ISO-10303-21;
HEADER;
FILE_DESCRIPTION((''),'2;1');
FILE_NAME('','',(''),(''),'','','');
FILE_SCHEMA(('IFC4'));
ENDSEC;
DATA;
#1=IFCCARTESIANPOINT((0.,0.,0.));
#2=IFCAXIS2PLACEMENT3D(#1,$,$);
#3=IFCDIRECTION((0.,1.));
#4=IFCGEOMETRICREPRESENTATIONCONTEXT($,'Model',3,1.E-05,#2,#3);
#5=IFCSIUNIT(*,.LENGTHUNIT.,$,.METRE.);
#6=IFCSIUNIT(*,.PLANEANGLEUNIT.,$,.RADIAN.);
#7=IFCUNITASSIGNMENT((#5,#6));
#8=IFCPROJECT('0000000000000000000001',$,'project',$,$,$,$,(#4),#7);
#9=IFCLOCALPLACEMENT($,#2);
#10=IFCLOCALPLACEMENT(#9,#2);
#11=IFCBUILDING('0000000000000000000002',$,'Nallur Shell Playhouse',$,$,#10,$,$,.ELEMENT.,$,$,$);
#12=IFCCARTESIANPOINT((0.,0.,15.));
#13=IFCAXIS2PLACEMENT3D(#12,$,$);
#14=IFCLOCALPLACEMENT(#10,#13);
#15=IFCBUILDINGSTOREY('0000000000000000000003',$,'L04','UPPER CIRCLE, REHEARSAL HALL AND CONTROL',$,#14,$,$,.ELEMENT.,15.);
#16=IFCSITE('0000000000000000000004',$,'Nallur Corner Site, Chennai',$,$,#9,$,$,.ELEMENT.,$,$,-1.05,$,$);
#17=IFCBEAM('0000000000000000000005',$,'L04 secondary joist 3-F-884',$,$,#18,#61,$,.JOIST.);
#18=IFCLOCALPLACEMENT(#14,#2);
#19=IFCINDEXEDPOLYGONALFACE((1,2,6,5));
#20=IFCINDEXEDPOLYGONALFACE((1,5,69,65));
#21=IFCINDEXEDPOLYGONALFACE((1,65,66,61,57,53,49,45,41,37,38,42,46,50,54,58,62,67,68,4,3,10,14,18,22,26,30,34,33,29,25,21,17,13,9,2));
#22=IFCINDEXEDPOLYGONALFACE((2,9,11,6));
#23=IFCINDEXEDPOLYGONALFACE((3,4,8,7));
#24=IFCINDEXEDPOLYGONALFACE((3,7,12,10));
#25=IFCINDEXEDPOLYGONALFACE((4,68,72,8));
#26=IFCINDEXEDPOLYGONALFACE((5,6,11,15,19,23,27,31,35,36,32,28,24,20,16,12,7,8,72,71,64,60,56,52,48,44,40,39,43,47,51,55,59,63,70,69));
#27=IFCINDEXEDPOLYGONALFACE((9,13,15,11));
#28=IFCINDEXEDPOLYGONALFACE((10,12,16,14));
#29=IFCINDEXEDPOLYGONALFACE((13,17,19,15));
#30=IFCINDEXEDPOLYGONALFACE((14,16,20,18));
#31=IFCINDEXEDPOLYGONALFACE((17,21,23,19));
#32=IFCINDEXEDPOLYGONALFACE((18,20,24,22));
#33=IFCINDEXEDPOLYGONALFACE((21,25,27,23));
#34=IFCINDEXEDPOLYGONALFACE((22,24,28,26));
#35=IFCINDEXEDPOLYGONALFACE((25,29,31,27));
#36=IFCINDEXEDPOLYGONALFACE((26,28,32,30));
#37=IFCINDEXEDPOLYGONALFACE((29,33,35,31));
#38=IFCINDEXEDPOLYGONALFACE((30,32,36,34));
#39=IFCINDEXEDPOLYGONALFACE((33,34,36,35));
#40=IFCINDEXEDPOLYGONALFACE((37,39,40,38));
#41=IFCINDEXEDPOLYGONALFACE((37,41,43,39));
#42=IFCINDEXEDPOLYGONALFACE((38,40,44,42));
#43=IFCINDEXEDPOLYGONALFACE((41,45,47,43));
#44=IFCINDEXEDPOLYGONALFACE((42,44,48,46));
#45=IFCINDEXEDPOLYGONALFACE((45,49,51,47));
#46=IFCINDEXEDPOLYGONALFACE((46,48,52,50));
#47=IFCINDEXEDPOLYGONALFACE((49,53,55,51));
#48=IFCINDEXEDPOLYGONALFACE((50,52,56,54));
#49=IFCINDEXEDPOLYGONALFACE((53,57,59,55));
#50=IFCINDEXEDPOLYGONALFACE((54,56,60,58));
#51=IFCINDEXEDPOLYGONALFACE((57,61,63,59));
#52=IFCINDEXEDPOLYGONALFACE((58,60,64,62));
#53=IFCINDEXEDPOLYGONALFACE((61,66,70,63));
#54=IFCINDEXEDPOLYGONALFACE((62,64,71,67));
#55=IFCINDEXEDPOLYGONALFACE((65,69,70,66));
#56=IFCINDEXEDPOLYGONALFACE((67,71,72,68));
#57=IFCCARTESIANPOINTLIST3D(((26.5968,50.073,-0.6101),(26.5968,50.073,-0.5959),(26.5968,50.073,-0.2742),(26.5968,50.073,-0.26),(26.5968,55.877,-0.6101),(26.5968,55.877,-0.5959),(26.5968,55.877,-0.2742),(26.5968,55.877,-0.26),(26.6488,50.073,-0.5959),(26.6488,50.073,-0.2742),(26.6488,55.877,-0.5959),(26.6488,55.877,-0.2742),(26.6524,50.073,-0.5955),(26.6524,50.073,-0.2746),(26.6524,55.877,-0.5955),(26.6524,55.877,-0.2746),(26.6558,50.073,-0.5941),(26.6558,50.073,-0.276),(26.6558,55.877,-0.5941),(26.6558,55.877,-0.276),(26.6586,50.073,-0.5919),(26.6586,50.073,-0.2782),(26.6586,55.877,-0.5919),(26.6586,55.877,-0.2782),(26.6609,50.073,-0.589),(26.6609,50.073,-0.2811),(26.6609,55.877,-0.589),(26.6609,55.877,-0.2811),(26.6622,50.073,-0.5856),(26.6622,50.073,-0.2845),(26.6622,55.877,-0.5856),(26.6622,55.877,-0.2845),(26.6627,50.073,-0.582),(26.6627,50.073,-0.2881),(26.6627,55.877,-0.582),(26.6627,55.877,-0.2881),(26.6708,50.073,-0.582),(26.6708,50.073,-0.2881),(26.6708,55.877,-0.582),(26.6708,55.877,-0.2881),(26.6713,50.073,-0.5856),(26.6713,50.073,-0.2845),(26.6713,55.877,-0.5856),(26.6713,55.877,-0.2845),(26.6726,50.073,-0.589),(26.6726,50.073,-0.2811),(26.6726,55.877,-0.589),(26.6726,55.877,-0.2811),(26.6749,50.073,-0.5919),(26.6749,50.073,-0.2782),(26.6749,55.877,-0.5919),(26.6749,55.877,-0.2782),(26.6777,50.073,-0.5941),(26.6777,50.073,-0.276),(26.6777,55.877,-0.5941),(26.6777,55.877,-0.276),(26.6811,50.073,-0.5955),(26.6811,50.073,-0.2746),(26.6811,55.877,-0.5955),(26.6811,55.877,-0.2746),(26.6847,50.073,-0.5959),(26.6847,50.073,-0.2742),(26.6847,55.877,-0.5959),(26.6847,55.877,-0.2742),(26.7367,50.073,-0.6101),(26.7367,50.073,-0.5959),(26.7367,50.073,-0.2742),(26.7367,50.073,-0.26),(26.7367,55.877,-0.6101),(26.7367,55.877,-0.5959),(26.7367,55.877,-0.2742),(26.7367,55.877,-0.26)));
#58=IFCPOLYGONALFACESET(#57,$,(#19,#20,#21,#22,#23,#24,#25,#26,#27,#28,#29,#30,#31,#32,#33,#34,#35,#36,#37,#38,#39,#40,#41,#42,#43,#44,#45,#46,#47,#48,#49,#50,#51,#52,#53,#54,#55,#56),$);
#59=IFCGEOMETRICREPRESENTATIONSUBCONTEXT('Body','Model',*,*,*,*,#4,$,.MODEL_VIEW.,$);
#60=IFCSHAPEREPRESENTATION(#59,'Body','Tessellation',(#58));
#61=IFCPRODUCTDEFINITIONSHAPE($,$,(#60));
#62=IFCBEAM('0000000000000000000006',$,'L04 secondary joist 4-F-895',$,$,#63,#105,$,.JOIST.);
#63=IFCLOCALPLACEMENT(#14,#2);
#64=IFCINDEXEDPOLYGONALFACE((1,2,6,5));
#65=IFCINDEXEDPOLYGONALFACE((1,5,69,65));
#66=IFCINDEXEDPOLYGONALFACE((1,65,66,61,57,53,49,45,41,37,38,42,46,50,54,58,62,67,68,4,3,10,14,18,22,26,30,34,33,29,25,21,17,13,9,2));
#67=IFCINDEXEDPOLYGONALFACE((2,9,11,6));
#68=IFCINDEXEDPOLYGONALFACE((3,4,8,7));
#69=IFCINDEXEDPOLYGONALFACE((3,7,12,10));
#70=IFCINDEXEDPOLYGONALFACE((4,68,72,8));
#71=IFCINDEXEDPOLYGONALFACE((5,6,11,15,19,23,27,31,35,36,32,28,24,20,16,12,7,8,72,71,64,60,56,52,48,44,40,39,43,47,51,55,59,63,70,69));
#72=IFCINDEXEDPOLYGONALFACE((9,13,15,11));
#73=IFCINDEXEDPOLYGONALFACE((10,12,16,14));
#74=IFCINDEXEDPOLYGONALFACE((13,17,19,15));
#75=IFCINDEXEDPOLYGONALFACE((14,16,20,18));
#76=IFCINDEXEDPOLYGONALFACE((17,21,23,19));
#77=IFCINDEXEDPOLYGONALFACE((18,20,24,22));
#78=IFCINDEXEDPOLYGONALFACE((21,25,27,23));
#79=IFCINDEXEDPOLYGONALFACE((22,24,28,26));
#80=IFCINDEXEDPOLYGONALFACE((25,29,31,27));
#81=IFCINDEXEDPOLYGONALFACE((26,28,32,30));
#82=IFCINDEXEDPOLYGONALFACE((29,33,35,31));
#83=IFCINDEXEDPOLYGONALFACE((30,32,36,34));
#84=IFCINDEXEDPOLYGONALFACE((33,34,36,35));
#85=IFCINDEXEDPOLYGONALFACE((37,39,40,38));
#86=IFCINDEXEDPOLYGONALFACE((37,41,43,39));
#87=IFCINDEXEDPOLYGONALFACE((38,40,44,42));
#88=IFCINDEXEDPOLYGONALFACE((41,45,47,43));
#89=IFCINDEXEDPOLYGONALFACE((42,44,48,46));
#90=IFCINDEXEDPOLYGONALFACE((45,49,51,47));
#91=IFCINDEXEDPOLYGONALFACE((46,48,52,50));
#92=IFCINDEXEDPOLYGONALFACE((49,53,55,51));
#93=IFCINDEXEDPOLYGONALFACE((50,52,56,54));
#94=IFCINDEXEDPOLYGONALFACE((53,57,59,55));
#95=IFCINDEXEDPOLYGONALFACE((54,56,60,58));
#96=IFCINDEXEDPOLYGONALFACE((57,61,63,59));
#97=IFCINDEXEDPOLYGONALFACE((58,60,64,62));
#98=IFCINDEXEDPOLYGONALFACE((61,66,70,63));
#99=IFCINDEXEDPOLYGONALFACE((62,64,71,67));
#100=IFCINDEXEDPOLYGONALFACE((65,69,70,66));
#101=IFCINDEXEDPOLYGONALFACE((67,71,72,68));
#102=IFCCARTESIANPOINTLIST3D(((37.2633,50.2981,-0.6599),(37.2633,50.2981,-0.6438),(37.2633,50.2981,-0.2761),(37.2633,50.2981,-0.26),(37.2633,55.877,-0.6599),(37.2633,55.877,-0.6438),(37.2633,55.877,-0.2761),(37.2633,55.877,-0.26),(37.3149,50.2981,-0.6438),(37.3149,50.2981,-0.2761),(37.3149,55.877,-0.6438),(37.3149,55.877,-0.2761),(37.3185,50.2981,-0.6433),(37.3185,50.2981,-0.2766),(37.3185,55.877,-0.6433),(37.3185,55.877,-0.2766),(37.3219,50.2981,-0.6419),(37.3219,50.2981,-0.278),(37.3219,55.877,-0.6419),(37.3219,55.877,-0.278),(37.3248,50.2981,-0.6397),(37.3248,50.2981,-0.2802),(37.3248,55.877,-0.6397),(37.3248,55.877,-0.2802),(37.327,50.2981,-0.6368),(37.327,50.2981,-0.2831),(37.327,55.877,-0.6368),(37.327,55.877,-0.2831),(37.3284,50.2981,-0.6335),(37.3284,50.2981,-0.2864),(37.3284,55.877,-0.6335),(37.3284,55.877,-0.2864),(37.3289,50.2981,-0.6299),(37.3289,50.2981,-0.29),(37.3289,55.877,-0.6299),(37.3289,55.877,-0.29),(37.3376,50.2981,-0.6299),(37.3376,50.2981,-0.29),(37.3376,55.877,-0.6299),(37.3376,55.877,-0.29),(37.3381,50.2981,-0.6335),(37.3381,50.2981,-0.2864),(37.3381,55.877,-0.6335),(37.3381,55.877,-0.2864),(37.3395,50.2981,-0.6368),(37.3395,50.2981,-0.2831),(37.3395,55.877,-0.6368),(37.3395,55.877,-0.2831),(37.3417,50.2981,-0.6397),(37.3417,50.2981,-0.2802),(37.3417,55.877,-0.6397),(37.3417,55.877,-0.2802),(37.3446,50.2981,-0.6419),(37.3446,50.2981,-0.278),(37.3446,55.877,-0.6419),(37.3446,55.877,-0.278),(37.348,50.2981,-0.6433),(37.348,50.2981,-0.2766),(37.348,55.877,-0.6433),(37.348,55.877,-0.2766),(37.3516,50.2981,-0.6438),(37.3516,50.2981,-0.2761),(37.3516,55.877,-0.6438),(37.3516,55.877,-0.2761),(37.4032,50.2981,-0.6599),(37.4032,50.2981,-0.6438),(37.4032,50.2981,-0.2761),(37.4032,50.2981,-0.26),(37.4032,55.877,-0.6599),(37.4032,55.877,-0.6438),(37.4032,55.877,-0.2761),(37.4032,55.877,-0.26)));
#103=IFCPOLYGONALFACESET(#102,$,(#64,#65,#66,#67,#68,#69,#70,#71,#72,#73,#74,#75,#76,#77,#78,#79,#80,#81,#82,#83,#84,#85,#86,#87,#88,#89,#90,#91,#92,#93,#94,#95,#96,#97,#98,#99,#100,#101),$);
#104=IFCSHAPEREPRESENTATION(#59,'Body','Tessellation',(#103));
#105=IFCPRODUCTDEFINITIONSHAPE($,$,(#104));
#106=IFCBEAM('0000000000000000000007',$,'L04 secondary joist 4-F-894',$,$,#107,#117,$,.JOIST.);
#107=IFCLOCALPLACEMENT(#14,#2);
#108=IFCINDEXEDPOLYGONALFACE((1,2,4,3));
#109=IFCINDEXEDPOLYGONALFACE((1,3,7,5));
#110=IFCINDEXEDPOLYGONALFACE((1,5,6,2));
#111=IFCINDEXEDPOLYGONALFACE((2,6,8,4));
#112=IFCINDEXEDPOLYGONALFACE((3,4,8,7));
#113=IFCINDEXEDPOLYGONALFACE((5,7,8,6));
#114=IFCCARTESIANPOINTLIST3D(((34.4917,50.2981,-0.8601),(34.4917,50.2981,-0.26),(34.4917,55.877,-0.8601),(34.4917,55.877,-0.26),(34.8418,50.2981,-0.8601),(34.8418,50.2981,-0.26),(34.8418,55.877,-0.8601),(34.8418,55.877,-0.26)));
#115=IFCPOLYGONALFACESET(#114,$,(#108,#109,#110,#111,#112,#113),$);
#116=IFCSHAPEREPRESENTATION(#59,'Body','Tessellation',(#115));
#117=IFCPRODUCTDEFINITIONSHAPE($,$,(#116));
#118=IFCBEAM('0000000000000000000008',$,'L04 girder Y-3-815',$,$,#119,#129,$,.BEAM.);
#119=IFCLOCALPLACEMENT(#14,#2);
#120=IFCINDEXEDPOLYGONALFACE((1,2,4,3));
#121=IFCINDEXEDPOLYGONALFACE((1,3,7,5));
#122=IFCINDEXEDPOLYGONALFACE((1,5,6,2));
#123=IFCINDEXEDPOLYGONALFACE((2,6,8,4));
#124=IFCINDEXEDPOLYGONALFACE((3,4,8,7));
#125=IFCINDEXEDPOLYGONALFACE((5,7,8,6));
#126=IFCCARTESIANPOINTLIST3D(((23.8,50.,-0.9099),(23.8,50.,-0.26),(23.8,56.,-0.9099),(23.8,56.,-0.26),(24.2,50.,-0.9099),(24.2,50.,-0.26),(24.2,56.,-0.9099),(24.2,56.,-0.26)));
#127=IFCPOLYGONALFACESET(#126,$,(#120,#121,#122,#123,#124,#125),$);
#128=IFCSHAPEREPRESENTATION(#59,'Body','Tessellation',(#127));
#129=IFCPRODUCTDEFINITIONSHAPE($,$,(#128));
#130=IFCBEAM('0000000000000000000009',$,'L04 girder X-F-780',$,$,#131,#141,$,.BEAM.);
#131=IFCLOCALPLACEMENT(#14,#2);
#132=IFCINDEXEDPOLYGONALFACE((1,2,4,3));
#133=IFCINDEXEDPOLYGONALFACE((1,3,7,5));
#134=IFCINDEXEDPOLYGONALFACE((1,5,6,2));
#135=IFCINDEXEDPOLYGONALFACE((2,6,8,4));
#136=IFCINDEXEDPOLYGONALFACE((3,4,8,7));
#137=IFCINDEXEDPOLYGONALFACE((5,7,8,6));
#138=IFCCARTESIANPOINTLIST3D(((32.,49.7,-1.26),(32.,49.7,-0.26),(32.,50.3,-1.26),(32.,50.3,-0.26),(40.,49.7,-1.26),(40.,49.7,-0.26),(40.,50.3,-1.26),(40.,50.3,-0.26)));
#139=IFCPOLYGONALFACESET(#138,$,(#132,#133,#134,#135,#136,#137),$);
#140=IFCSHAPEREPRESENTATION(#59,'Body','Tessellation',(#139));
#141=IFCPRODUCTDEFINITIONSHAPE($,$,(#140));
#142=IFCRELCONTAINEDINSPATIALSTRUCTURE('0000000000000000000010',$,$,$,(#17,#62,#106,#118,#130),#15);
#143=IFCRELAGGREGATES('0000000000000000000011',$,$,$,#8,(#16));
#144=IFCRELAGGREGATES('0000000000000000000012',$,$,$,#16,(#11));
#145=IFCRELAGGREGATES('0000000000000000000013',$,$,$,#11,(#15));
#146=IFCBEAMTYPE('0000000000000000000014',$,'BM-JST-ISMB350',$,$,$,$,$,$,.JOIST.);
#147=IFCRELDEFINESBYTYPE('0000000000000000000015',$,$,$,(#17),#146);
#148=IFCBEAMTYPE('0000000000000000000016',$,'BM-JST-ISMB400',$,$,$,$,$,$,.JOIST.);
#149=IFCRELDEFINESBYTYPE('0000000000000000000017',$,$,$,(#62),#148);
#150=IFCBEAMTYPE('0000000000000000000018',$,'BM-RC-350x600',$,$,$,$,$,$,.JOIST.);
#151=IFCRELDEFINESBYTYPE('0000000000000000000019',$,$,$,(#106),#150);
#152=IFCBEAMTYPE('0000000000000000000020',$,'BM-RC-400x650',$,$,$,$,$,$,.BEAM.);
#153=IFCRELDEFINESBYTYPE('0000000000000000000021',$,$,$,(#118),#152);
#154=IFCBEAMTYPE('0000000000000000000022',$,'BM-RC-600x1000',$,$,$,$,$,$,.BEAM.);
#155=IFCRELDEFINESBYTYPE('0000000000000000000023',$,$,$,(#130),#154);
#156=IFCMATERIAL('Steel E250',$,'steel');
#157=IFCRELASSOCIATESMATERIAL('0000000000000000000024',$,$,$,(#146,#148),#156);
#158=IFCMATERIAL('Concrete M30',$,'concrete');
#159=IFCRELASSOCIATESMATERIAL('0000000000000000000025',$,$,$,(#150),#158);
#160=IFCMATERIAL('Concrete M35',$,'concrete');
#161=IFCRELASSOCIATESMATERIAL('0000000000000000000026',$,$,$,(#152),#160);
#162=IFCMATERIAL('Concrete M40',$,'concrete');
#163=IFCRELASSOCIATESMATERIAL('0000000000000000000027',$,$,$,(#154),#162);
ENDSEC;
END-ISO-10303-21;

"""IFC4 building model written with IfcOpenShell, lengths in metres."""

from ifc_helpers import new_model, si_unit, direction, frame, origin, origin_2d, place, context, subcontext, project, spatial, rectangle, i_section, extrude, material, material_profile, profile_set, type_object, element, save


model = new_model("IFC4")

# Units and contexts
model_context = context("Model", 3, precision=1e-05, world=origin(), true_north=direction((0.0, 1.0)))
body_context = subcontext(model_context, "Body", "Model", "MODEL_VIEW")
ifc_project = project(units=[si_unit("LENGTHUNIT", "METRE"), si_unit("PLANEANGLEUNIT", "RADIAN")], contexts=[model_context])

# Site, building, storey
site_placement = place(None, origin())
site = spatial("IfcSite", under=ifc_project, at=site_placement, Name="Nallur Corner Site, Chennai", CompositionType="ELEMENT", RefElevation=-1.05)
building_placement = place(site_placement, origin())
building = spatial("IfcBuilding", under=site, at=building_placement, Name="Nallur Shell Playhouse", CompositionType="ELEMENT")
storey_placement = place(building_placement, frame((0.0, 0.0, 15.0)))
storey = spatial("IfcBuildingStorey", under=building, at=storey_placement, Name="L04", Description="UPPER CIRCLE, REHEARSAL HALL AND CONTROL", CompositionType="ELEMENT", Elevation=15.0)

# Shared definitions
ifc_material_1 = material(Name="Concrete M40", Category="concrete")

# Beams
ifc_material_2 = material(Name="Steel E250", Category="steel")
ifc_material_profile_1 = material_profile(ifc_material_2, i_section(OverallWidth=0.1399, OverallDepth=0.3501, WebThickness=0.0081, FlangeThickness=0.0142, FilletRadius=0.0139, at=origin_2d()), Name="ISMB 350")
ifc_profile_set_1 = profile_set([ifc_material_profile_1], Name="Steel E250")
beam_type_1 = type_object("IfcBeamType", Name="BM-JST-ISMB350", PredefinedType="JOIST", material=ifc_profile_set_1)
beam_1_placement = place(storey_placement, frame((26.6667, 50.073, -0.4351), z_axis=(0.0, 1.0, 0.0), x_axis=(-1.0, 0.0, 0.0)))
element("IfcBeam", 1, at=beam_1_placement, inside=storey, type_object=beam_type_1, Name="L04 secondary joist 3-F-884", PredefinedType="JOIST", context=body_context, shape_type="SweptSolid", body=[
    extrude(i_section(OverallWidth=0.1399, OverallDepth=0.3501, WebThickness=0.0081, FlangeThickness=0.0142, FilletRadius=0.0139, at=origin_2d()), origin(), (0.0, 0.0, 1.0), 5.804),
])
ifc_material_profile_2 = material_profile(ifc_material_2, i_section(OverallWidth=0.1399, OverallDepth=0.3999, WebThickness=0.0088, FlangeThickness=0.0161, FilletRadius=0.0139, at=origin_2d()), Name="ISMB 400")
ifc_profile_set_2 = profile_set([ifc_material_profile_2], Name="Steel E250")
beam_type_2 = type_object("IfcBeamType", Name="BM-JST-ISMB400", PredefinedType="JOIST", material=ifc_profile_set_2)
beam_2_placement = place(storey_placement, frame((37.3333, 50.2981, -0.46), z_axis=(0.0, 1.0, 0.0), x_axis=(-1.0, 0.0, 0.0)))
element("IfcBeam", 2, at=beam_2_placement, inside=storey, type_object=beam_type_2, Name="L04 secondary joist 4-F-895", PredefinedType="JOIST", context=body_context, shape_type="SweptSolid", body=[
    extrude(i_section(OverallWidth=0.1399, OverallDepth=0.3999, WebThickness=0.0088, FlangeThickness=0.0161, FilletRadius=0.0139, at=origin_2d()), origin(), (0.0, 0.0, 1.0), 5.5789),
])
ifc_material_3 = material(Name="Concrete M30", Category="concrete")
ifc_material_profile_3 = material_profile(ifc_material_3, rectangle(XDim=0.3501, YDim=0.6001, at=origin_2d()), Name="RC 350x600")
ifc_profile_set_3 = profile_set([ifc_material_profile_3], Name="Concrete M30")
beam_type_3 = type_object("IfcBeamType", Name="BM-RC-350x600", PredefinedType="JOIST", material=ifc_profile_set_3)
beam_3_placement = place(storey_placement, frame((34.6667, 50.2981, -0.5601), z_axis=(0.0, 1.0, 0.0), x_axis=(-1.0, 0.0, 0.0)))
element("IfcBeam", 3, at=beam_3_placement, inside=storey, type_object=beam_type_3, Name="L04 secondary joist 4-F-894", PredefinedType="JOIST", context=body_context, shape_type="SweptSolid", body=[
    extrude(rectangle(XDim=0.3501, YDim=0.6001, at=origin_2d()), origin(), (0.0, 0.0, 1.0), 5.5789),
])
ifc_material_4 = material(Name="Concrete M35", Category="concrete")
ifc_material_profile_4 = material_profile(ifc_material_4, rectangle(XDim=0.3999, YDim=0.6499, at=origin_2d()), Name="RC 400x650")
ifc_profile_set_4 = profile_set([ifc_material_profile_4], Name="Concrete M35")
beam_type_4 = type_object("IfcBeamType", Name="BM-RC-400x650", PredefinedType="BEAM", material=ifc_profile_set_4)
beam_4_placement = place(storey_placement, frame((24.0, 50.0, -0.585), z_axis=(0.0, 1.0, 0.0), x_axis=(-1.0, 0.0, 0.0)))
element("IfcBeam", 4, at=beam_4_placement, inside=storey, type_object=beam_type_4, Name="L04 girder Y-3-815", PredefinedType="BEAM", context=body_context, shape_type="SweptSolid", body=[
    extrude(rectangle(XDim=0.3999, YDim=0.6499, at=origin_2d()), origin(), (0.0, 0.0, 1.0), 6.0),
])
ifc_material_profile_5 = material_profile(ifc_material_1, rectangle(XDim=0.6001, YDim=1.0, at=origin_2d()), Name="RC 600x1000")
ifc_profile_set_5 = profile_set([ifc_material_profile_5], Name="Concrete M40")
beam_type_5 = type_object("IfcBeamType", Name="BM-RC-600x1000", PredefinedType="BEAM", material=ifc_profile_set_5)
beam_5_placement = place(storey_placement, frame((32.0, 50.0, -0.76), z_axis=(1.0, 0.0, 0.0), x_axis=(0.0, 1.0, 0.0)))
element("IfcBeam", 5, at=beam_5_placement, inside=storey, type_object=beam_type_5, Name="L04 girder X-F-780", PredefinedType="BEAM", context=body_context, shape_type="SweptSolid", body=[
    extrude(rectangle(XDim=0.6001, YDim=1.0, at=origin_2d()), origin(), (0.0, 0.0, 1.0), 8.0),
])

save(model, "model.ifc")
